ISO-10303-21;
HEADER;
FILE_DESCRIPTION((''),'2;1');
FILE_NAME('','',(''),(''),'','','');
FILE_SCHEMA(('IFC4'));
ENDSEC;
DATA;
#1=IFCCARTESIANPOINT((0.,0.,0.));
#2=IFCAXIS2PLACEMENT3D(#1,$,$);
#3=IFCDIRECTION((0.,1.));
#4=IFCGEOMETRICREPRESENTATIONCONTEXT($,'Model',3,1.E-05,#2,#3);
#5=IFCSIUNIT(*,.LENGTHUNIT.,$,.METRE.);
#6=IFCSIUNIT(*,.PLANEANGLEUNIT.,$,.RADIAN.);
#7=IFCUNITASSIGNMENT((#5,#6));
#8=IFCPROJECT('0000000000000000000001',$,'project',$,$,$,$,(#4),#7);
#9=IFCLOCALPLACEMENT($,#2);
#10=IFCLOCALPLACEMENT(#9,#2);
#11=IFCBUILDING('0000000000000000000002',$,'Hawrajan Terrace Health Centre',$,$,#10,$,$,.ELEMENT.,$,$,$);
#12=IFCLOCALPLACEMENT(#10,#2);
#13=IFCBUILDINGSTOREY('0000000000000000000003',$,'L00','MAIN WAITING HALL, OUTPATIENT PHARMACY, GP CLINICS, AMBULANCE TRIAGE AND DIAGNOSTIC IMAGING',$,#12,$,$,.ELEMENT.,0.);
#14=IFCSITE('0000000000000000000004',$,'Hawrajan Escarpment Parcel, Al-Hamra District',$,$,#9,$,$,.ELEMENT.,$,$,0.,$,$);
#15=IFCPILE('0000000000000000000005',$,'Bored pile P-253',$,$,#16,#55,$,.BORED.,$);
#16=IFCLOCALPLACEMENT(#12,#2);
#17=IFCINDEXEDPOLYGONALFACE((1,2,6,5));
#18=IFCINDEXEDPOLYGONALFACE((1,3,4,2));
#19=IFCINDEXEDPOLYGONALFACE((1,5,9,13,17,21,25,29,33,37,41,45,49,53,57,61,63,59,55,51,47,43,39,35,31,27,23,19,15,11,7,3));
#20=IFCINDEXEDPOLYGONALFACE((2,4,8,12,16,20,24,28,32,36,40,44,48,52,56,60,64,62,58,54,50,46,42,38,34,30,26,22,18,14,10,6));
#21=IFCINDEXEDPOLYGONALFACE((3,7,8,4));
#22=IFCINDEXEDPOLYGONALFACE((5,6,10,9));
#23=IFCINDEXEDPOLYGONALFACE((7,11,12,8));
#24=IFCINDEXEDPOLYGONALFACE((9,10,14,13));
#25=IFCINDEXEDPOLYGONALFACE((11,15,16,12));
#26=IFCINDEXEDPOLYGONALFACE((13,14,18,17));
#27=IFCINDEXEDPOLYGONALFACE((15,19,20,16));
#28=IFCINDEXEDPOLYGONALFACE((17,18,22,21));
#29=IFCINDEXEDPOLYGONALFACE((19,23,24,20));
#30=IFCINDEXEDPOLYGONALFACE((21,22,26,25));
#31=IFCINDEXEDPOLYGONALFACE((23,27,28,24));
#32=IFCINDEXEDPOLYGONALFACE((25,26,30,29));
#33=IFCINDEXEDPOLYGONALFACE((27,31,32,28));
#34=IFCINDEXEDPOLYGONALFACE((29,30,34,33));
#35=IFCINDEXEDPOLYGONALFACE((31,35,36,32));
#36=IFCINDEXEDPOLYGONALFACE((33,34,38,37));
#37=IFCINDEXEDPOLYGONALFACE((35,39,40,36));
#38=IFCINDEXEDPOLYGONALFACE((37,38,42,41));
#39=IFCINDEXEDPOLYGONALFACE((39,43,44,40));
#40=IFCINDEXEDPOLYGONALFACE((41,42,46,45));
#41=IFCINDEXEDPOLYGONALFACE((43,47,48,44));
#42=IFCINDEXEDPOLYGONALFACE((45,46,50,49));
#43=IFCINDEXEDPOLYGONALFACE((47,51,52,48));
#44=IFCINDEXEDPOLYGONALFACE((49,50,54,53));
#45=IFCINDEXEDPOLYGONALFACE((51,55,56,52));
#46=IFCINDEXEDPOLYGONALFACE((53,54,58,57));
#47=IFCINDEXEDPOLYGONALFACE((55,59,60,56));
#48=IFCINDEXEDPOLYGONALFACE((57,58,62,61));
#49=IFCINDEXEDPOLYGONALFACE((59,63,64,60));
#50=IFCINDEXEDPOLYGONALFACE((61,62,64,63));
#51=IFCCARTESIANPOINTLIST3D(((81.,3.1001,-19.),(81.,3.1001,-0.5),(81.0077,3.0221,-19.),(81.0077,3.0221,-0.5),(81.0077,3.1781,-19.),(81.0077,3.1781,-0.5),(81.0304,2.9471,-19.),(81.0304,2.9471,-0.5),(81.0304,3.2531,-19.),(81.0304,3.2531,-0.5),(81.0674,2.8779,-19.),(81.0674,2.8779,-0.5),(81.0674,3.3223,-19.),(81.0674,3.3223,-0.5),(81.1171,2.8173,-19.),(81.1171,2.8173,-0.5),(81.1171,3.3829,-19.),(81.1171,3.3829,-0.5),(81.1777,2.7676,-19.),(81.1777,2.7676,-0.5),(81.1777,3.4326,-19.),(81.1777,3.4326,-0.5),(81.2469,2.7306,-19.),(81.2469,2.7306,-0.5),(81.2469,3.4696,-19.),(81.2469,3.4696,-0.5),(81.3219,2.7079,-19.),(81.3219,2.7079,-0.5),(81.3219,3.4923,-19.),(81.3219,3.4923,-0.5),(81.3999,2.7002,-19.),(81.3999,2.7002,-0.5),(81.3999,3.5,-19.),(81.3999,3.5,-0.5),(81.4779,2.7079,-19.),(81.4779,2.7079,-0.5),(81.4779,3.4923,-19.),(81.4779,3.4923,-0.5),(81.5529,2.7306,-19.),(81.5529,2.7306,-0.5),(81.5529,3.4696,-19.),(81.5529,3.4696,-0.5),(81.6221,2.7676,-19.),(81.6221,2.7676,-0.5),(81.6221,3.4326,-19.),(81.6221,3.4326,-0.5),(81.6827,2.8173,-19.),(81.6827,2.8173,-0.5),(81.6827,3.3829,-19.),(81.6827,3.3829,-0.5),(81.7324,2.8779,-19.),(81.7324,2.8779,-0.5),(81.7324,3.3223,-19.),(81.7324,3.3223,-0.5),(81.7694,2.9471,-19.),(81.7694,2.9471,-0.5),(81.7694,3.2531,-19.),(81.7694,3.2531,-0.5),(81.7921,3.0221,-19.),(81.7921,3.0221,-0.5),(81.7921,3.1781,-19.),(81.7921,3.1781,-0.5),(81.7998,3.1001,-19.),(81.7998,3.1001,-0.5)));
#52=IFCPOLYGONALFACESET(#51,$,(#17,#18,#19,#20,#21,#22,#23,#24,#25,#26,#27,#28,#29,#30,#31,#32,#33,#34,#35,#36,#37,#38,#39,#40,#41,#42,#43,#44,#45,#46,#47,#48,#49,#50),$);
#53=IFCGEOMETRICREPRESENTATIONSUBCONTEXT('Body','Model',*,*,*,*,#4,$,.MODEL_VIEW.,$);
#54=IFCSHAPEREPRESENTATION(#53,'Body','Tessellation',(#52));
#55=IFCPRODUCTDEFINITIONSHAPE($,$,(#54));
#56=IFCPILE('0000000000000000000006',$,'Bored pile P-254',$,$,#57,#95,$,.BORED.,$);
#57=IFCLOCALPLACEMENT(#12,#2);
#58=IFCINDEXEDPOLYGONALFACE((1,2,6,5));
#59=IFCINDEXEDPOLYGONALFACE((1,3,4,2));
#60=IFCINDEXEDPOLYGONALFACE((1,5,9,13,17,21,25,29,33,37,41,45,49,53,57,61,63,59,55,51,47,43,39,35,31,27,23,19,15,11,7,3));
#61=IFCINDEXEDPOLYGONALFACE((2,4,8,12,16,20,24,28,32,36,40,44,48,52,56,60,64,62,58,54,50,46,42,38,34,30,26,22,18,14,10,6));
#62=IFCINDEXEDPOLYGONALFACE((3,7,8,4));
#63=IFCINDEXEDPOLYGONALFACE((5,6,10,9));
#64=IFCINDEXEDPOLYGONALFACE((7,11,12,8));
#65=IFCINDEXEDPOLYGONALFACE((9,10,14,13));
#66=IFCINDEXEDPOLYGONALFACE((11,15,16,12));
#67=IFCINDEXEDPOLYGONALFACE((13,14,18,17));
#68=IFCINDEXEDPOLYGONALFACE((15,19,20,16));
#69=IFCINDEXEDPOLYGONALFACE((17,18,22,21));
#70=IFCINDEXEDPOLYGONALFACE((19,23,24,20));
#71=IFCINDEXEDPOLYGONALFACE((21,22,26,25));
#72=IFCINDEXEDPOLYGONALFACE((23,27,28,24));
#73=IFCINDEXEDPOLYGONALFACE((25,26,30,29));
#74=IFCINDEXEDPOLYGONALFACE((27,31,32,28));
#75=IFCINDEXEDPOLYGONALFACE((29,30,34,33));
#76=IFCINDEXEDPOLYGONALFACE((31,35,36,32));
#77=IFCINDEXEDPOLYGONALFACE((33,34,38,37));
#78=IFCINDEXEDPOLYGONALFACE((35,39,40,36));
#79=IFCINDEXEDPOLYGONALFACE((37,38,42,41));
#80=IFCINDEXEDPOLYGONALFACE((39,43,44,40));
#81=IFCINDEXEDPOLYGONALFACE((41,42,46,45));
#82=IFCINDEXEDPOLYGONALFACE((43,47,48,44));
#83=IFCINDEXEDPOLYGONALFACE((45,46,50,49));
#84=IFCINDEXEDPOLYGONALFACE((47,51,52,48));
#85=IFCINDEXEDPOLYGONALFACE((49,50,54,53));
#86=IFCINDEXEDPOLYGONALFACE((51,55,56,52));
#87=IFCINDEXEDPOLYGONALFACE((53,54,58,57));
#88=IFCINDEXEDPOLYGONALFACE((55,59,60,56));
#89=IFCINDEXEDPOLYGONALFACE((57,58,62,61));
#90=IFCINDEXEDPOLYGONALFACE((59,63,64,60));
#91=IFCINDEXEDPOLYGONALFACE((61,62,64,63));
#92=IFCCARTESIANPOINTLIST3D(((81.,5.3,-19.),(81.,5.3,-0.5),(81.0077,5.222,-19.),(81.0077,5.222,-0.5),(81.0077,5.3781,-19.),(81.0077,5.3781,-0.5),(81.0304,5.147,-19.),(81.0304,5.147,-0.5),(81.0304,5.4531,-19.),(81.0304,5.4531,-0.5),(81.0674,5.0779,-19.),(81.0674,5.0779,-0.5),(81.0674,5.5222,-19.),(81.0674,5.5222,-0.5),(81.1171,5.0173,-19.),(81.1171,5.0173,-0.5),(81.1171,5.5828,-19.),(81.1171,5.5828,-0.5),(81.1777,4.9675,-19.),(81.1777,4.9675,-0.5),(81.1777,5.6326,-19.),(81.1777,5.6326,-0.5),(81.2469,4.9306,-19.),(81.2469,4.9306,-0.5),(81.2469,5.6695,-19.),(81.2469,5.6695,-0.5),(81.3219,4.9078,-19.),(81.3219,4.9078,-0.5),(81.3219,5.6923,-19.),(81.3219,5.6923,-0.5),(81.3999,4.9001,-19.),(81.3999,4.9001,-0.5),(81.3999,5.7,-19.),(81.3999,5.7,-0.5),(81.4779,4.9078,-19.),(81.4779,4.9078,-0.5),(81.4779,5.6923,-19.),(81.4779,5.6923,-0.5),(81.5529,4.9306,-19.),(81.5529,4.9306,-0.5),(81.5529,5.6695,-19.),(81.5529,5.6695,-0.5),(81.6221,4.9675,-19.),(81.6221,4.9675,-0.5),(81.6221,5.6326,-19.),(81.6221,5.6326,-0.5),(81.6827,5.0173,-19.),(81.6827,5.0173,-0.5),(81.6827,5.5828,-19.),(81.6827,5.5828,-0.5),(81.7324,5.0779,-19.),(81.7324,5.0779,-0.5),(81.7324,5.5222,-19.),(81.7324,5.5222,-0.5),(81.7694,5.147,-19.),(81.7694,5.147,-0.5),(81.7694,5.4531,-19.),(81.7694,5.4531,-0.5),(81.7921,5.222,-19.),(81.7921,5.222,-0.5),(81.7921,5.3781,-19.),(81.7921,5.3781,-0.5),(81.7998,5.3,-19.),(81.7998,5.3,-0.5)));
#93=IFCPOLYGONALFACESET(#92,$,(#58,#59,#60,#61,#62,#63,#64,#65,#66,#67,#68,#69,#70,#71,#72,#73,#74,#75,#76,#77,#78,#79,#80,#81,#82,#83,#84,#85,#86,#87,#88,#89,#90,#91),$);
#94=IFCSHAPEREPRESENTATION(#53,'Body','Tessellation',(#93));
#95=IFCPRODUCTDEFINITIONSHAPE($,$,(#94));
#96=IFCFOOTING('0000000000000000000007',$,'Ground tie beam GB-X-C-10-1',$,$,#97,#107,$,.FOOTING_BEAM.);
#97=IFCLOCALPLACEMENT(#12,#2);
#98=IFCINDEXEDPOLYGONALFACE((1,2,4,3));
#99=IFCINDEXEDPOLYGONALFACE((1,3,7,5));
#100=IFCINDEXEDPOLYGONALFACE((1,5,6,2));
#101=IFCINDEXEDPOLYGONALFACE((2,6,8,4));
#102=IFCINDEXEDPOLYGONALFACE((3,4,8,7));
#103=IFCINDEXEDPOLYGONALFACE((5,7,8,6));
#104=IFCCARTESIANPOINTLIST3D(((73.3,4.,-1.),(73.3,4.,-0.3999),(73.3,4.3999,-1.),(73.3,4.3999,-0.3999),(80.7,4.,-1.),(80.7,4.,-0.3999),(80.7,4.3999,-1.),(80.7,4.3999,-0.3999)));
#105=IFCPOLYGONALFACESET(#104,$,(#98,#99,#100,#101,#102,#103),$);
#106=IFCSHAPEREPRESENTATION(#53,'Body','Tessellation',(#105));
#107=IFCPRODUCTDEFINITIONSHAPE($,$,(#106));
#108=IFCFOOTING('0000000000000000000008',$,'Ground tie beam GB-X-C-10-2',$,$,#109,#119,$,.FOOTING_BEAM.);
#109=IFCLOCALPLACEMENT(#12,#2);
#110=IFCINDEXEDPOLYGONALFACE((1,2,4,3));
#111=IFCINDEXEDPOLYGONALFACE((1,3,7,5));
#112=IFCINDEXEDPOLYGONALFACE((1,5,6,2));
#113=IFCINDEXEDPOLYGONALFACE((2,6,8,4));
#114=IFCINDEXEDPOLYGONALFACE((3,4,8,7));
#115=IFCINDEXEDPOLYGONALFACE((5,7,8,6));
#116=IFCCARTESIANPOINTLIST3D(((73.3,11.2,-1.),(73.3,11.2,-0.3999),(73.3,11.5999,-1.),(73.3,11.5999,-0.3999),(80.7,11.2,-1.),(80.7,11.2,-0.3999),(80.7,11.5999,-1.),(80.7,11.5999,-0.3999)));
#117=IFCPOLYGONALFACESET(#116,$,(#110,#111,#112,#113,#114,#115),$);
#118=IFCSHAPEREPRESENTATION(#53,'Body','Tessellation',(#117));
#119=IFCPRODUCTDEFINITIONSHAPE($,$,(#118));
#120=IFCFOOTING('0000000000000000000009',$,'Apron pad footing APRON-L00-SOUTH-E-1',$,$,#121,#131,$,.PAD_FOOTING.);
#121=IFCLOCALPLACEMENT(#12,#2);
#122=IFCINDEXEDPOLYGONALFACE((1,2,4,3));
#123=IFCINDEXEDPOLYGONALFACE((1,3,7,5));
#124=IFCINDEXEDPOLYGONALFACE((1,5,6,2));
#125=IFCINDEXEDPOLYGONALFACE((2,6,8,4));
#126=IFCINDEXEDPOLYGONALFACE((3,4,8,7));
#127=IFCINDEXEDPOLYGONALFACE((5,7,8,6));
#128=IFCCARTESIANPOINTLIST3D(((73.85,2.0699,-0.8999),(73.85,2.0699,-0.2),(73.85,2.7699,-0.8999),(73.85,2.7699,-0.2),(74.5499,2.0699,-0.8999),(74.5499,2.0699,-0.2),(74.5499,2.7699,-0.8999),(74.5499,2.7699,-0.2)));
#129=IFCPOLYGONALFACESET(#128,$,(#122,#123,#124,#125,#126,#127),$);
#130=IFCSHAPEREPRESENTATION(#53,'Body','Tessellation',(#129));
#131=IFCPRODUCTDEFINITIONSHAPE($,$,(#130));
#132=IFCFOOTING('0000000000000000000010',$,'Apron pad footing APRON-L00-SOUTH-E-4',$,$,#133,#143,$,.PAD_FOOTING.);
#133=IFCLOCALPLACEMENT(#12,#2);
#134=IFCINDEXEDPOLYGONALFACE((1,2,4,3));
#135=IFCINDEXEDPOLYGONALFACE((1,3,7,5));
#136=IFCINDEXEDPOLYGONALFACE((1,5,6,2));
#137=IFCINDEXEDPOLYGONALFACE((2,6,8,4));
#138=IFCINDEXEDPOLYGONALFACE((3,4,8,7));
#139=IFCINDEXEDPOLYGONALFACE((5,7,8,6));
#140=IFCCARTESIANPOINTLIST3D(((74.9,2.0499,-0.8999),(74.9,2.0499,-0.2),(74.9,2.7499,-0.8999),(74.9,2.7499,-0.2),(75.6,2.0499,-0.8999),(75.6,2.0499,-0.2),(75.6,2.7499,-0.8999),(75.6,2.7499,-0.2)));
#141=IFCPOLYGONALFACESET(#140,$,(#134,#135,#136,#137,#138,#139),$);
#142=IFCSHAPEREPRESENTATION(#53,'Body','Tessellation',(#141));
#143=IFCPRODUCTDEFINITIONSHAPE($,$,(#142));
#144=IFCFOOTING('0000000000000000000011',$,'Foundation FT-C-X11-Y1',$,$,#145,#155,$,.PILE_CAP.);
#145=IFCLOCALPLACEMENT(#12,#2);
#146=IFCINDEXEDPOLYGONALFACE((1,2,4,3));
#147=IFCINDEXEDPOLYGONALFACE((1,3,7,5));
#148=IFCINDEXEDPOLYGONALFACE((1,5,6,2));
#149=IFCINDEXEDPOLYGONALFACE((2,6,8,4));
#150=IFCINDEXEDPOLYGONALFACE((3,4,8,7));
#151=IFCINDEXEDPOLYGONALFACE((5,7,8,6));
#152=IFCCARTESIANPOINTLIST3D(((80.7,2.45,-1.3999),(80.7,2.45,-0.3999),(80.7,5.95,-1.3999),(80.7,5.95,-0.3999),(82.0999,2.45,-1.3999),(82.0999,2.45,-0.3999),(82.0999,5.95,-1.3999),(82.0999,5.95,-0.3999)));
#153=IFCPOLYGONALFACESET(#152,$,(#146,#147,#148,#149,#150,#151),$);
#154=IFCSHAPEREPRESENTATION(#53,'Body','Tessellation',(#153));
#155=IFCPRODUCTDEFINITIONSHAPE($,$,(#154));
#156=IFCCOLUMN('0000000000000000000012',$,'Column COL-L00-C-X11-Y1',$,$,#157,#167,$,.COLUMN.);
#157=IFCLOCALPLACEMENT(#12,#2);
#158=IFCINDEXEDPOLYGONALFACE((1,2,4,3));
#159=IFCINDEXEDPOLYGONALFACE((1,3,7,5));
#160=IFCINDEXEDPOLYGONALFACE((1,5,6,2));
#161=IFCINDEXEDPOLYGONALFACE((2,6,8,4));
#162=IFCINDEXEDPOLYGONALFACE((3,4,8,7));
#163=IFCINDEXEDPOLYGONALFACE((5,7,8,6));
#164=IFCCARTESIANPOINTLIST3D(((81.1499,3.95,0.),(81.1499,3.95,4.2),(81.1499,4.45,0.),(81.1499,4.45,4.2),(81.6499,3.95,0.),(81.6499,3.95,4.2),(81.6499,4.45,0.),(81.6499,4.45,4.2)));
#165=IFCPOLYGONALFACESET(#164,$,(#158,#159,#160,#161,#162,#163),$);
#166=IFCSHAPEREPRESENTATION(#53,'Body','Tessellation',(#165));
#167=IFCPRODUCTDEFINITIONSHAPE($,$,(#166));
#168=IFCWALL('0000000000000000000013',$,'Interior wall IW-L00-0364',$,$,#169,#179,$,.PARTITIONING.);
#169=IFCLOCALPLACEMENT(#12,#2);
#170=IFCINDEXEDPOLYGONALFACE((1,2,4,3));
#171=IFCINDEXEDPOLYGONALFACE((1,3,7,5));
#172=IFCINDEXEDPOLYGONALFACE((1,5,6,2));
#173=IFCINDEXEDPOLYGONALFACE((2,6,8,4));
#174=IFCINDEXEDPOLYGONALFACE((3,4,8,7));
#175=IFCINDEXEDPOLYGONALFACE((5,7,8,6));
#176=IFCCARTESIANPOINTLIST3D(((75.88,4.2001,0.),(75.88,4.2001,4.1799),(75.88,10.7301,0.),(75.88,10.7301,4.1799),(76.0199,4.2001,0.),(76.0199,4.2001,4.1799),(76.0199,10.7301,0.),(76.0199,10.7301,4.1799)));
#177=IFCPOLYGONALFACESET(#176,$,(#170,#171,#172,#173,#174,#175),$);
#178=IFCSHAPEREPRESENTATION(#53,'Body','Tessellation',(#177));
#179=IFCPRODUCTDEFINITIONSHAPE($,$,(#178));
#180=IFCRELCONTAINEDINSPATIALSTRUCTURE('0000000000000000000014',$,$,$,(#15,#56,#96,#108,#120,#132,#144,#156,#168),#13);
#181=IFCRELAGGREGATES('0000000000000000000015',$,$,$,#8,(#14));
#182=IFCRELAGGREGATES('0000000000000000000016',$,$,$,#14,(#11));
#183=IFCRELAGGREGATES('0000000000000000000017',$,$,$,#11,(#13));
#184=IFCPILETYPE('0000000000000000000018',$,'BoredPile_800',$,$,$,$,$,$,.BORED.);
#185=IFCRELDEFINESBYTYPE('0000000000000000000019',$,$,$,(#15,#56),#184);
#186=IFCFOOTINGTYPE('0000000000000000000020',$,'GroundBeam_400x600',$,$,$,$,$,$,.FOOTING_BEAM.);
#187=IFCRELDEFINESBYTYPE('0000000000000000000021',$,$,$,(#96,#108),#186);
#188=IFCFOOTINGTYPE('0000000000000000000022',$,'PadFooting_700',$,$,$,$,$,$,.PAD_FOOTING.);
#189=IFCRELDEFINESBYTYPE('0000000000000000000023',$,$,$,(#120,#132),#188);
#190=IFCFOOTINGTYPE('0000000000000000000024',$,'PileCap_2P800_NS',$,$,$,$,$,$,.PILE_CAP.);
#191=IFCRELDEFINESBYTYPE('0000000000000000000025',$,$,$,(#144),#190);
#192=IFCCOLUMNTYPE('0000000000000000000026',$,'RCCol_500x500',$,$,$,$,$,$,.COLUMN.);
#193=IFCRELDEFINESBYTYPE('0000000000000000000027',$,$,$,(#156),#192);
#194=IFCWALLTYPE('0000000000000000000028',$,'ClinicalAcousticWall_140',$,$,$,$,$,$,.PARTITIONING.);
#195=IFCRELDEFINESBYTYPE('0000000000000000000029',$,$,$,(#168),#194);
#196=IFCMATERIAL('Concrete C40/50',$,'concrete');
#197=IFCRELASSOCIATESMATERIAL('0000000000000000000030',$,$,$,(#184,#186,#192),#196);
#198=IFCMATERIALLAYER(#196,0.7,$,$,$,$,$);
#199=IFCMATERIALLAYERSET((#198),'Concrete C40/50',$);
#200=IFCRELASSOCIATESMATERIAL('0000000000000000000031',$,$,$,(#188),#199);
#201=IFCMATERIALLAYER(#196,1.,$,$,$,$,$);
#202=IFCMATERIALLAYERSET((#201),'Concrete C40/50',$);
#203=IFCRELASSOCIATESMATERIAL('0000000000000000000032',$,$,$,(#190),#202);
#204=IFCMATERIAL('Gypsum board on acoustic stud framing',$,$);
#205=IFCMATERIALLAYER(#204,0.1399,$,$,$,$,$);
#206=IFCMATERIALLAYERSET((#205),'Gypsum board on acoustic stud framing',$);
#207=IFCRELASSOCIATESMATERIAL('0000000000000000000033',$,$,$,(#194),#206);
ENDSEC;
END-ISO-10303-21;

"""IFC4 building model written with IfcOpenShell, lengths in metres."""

from ifc_helpers import new_model, si_unit, direction, frame, frame_2d, origin, origin_2d, place, context, subcontext, project, spatial, rectangle, circle, extrude, material, layer, layer_set, material_profile, profile_set, type_object, element, save


model = new_model("IFC4")

# Units and contexts
model_context = context("Model", 3, precision=1e-05, world=origin(), true_north=direction((0.0, 1.0)))
body_context = subcontext(model_context, "Body", "Model", "MODEL_VIEW")
ifc_project = project(units=[si_unit("LENGTHUNIT", "METRE"), si_unit("PLANEANGLEUNIT", "RADIAN")], contexts=[model_context])

# Site, building, storey
site_placement = place(None, origin())
site = spatial("IfcSite", under=ifc_project, at=site_placement, Name="Hawrajan Escarpment Parcel, Al-Hamra District", CompositionType="ELEMENT", RefElevation=0.0)
building_placement = place(site_placement, origin())
building = spatial("IfcBuilding", under=site, at=building_placement, Name="Hawrajan Terrace Health Centre", CompositionType="ELEMENT")
storey_placement = place(building_placement, origin())
storey = spatial("IfcBuildingStorey", under=building, at=storey_placement, Name="L00", Description="MAIN WAITING HALL, OUTPATIENT PHARMACY, GP CLINICS, AMBULANCE TRIAGE AND DIAGNOSTIC IMAGING", CompositionType="ELEMENT", Elevation=0.0)

# Piles
ifc_material_1 = material(Name="Concrete C40/50", Category="concrete")
ifc_material_profile_1 = material_profile(ifc_material_1, circle(Radius=0.3999, at=origin_2d()), Name="BP 800")
ifc_profile_set_1 = profile_set([ifc_material_profile_1], Name="Concrete C40/50")
pile_type = type_object("IfcPileType", Name="BoredPile_800", PredefinedType="BORED", material=ifc_profile_set_1)
for number, where, z_axis, x_axis, name in (
    (1, (81.3999, 3.1001, -0.5), (0.0, 0.0, -1.0), (1.0, 0.0, 0.0), "Bored pile P-253"),
    (2, (81.3999, 5.3, -0.5), (0.0, 0.0, -1.0), (1.0, 0.0, 0.0), "Bored pile P-254"),
):
    element("IfcPile", number, at=place(storey_placement, frame(where, z_axis=z_axis, x_axis=x_axis)), inside=storey, type_object=pile_type, Name=name, PredefinedType="BORED", context=body_context, shape_type="SweptSolid", body=[
        extrude(circle(Radius=0.3999, at=origin_2d()), origin(), (0.0, 0.0, 1.0), 18.5),
    ])

# Footings
ifc_material_profile_2 = material_profile(ifc_material_1, rectangle(XDim=0.3999, YDim=0.6001, at=origin_2d()), Name="RC BM 400x600")
ifc_profile_set_2 = profile_set([ifc_material_profile_2], Name="Concrete C40/50")
footing_type_1 = type_object("IfcFootingType", Name="GroundBeam_400x600", PredefinedType="FOOTING_BEAM", material=ifc_profile_set_2)
for number, where, z_axis, x_axis, name in (
    (3, (73.3, 4.2, -0.7), (1.0, 0.0, 0.0), (0.0, 1.0, 0.0), "Ground tie beam GB-X-C-10-1"),
    (4, (73.3, 11.3999, -0.7), (1.0, 0.0, 0.0), (0.0, 1.0, 0.0), "Ground tie beam GB-X-C-10-2"),
):
    element("IfcFooting", number, at=place(storey_placement, frame(where, z_axis=z_axis, x_axis=x_axis)), inside=storey, type_object=footing_type_1, Name=name, PredefinedType="FOOTING_BEAM", context=body_context, shape_type="SweptSolid", body=[
        extrude(rectangle(XDim=0.3999, YDim=0.6001, at=origin_2d()), origin(), (0.0, 0.0, 1.0), 7.3999),
    ])
ifc_layer_1 = layer(ifc_material_1, 0.7)
ifc_layer_set_1 = layer_set([ifc_layer_1], Name="Concrete C40/50")
footing_type_2 = type_object("IfcFootingType", Name="PadFooting_700", PredefinedType="PAD_FOOTING", material=ifc_layer_set_1)
for number, where, z_axis, x_axis, name in (
    (5, (74.2, 2.4199, -0.8999), (0.0, 0.0, 1.0), (1.0, 0.0, 0.0), "Apron pad footing APRON-L00-SOUTH-E-1"),
    (6, (75.25, 2.3999, -0.8999), (0.0, 0.0, 1.0), (1.0, 0.0, 0.0), "Apron pad footing APRON-L00-SOUTH-E-4"),
):
    element("IfcFooting", number, at=place(storey_placement, frame(where, z_axis=z_axis, x_axis=x_axis)), inside=storey, type_object=footing_type_2, Name=name, PredefinedType="PAD_FOOTING", context=body_context, shape_type="SweptSolid", body=[
        extrude(rectangle(XDim=0.7, YDim=0.7, at=origin_2d()), origin(), (0.0, 0.0, 1.0), 0.7),
    ])
ifc_layer_2 = layer(ifc_material_1, 1.0)
ifc_layer_set_2 = layer_set([ifc_layer_2], Name="Concrete C40/50")
footing_type_3 = type_object("IfcFootingType", Name="PileCap_2P800_NS", PredefinedType="PILE_CAP", material=ifc_layer_set_2)
footing_placement = place(storey_placement, frame((81.3999, 4.2, -1.3999), z_axis=(0.0, 0.0, 1.0), x_axis=(1.0, 0.0, 0.0)))
element("IfcFooting", 7, at=footing_placement, inside=storey, type_object=footing_type_3, Name="Foundation FT-C-X11-Y1", PredefinedType="PILE_CAP", context=body_context, shape_type="SweptSolid", body=[
    extrude(rectangle(XDim=1.3999, YDim=3.5, at=origin_2d()), origin(), (0.0, 0.0, 1.0), 1.0),
])

# Column
ifc_material_profile_3 = material_profile(ifc_material_1, rectangle(XDim=0.5, YDim=0.5, at=origin_2d()), Name="RC 500x500")
ifc_profile_set_3 = profile_set([ifc_material_profile_3], Name="Concrete C40/50")
column_type = type_object("IfcColumnType", Name="RCCol_500x500", PredefinedType="COLUMN", material=ifc_profile_set_3)
column_placement = place(storey_placement, frame((81.3999, 4.2, 0.0), z_axis=(0.0, 0.0, 1.0), x_axis=(1.0, 0.0, 0.0)))
element("IfcColumn", 8, at=column_placement, inside=storey, type_object=column_type, Name="Column COL-L00-C-X11-Y1", PredefinedType="COLUMN", context=body_context, shape_type="SweptSolid", body=[
    extrude(rectangle(XDim=0.5, YDim=0.5, at=origin_2d()), origin(), (0.0, 0.0, 1.0), 4.2),
])

# Wall
ifc_material_2 = material(Name="Gypsum board on acoustic stud framing")
ifc_layer_3 = layer(ifc_material_2, 0.1399)
ifc_layer_set_3 = layer_set([ifc_layer_3], Name="Gypsum board on acoustic stud framing")
wall_type_1 = type_object("IfcWallType", Name="ClinicalAcousticWall_140", PredefinedType="PARTITIONING", material=ifc_layer_set_3)
wall_1_placement = place(storey_placement, frame((75.95, 4.2, 0.0), z_axis=(0.0, 0.0, 1.0), x_axis=(0.0, 1.0, 0.0)))
element("IfcWall", 9, at=wall_1_placement, inside=storey, type_object=wall_type_1, Name="Interior wall IW-L00-0364", PredefinedType="PARTITIONING", context=body_context, shape_type="SweptSolid", body=[
    extrude(rectangle(XDim=6.53, YDim=0.1399, at=frame_2d((3.2651, 0.0))), origin(), (0.0, 0.0, 1.0), 4.1799),
])

save(model, "model.ifc")
